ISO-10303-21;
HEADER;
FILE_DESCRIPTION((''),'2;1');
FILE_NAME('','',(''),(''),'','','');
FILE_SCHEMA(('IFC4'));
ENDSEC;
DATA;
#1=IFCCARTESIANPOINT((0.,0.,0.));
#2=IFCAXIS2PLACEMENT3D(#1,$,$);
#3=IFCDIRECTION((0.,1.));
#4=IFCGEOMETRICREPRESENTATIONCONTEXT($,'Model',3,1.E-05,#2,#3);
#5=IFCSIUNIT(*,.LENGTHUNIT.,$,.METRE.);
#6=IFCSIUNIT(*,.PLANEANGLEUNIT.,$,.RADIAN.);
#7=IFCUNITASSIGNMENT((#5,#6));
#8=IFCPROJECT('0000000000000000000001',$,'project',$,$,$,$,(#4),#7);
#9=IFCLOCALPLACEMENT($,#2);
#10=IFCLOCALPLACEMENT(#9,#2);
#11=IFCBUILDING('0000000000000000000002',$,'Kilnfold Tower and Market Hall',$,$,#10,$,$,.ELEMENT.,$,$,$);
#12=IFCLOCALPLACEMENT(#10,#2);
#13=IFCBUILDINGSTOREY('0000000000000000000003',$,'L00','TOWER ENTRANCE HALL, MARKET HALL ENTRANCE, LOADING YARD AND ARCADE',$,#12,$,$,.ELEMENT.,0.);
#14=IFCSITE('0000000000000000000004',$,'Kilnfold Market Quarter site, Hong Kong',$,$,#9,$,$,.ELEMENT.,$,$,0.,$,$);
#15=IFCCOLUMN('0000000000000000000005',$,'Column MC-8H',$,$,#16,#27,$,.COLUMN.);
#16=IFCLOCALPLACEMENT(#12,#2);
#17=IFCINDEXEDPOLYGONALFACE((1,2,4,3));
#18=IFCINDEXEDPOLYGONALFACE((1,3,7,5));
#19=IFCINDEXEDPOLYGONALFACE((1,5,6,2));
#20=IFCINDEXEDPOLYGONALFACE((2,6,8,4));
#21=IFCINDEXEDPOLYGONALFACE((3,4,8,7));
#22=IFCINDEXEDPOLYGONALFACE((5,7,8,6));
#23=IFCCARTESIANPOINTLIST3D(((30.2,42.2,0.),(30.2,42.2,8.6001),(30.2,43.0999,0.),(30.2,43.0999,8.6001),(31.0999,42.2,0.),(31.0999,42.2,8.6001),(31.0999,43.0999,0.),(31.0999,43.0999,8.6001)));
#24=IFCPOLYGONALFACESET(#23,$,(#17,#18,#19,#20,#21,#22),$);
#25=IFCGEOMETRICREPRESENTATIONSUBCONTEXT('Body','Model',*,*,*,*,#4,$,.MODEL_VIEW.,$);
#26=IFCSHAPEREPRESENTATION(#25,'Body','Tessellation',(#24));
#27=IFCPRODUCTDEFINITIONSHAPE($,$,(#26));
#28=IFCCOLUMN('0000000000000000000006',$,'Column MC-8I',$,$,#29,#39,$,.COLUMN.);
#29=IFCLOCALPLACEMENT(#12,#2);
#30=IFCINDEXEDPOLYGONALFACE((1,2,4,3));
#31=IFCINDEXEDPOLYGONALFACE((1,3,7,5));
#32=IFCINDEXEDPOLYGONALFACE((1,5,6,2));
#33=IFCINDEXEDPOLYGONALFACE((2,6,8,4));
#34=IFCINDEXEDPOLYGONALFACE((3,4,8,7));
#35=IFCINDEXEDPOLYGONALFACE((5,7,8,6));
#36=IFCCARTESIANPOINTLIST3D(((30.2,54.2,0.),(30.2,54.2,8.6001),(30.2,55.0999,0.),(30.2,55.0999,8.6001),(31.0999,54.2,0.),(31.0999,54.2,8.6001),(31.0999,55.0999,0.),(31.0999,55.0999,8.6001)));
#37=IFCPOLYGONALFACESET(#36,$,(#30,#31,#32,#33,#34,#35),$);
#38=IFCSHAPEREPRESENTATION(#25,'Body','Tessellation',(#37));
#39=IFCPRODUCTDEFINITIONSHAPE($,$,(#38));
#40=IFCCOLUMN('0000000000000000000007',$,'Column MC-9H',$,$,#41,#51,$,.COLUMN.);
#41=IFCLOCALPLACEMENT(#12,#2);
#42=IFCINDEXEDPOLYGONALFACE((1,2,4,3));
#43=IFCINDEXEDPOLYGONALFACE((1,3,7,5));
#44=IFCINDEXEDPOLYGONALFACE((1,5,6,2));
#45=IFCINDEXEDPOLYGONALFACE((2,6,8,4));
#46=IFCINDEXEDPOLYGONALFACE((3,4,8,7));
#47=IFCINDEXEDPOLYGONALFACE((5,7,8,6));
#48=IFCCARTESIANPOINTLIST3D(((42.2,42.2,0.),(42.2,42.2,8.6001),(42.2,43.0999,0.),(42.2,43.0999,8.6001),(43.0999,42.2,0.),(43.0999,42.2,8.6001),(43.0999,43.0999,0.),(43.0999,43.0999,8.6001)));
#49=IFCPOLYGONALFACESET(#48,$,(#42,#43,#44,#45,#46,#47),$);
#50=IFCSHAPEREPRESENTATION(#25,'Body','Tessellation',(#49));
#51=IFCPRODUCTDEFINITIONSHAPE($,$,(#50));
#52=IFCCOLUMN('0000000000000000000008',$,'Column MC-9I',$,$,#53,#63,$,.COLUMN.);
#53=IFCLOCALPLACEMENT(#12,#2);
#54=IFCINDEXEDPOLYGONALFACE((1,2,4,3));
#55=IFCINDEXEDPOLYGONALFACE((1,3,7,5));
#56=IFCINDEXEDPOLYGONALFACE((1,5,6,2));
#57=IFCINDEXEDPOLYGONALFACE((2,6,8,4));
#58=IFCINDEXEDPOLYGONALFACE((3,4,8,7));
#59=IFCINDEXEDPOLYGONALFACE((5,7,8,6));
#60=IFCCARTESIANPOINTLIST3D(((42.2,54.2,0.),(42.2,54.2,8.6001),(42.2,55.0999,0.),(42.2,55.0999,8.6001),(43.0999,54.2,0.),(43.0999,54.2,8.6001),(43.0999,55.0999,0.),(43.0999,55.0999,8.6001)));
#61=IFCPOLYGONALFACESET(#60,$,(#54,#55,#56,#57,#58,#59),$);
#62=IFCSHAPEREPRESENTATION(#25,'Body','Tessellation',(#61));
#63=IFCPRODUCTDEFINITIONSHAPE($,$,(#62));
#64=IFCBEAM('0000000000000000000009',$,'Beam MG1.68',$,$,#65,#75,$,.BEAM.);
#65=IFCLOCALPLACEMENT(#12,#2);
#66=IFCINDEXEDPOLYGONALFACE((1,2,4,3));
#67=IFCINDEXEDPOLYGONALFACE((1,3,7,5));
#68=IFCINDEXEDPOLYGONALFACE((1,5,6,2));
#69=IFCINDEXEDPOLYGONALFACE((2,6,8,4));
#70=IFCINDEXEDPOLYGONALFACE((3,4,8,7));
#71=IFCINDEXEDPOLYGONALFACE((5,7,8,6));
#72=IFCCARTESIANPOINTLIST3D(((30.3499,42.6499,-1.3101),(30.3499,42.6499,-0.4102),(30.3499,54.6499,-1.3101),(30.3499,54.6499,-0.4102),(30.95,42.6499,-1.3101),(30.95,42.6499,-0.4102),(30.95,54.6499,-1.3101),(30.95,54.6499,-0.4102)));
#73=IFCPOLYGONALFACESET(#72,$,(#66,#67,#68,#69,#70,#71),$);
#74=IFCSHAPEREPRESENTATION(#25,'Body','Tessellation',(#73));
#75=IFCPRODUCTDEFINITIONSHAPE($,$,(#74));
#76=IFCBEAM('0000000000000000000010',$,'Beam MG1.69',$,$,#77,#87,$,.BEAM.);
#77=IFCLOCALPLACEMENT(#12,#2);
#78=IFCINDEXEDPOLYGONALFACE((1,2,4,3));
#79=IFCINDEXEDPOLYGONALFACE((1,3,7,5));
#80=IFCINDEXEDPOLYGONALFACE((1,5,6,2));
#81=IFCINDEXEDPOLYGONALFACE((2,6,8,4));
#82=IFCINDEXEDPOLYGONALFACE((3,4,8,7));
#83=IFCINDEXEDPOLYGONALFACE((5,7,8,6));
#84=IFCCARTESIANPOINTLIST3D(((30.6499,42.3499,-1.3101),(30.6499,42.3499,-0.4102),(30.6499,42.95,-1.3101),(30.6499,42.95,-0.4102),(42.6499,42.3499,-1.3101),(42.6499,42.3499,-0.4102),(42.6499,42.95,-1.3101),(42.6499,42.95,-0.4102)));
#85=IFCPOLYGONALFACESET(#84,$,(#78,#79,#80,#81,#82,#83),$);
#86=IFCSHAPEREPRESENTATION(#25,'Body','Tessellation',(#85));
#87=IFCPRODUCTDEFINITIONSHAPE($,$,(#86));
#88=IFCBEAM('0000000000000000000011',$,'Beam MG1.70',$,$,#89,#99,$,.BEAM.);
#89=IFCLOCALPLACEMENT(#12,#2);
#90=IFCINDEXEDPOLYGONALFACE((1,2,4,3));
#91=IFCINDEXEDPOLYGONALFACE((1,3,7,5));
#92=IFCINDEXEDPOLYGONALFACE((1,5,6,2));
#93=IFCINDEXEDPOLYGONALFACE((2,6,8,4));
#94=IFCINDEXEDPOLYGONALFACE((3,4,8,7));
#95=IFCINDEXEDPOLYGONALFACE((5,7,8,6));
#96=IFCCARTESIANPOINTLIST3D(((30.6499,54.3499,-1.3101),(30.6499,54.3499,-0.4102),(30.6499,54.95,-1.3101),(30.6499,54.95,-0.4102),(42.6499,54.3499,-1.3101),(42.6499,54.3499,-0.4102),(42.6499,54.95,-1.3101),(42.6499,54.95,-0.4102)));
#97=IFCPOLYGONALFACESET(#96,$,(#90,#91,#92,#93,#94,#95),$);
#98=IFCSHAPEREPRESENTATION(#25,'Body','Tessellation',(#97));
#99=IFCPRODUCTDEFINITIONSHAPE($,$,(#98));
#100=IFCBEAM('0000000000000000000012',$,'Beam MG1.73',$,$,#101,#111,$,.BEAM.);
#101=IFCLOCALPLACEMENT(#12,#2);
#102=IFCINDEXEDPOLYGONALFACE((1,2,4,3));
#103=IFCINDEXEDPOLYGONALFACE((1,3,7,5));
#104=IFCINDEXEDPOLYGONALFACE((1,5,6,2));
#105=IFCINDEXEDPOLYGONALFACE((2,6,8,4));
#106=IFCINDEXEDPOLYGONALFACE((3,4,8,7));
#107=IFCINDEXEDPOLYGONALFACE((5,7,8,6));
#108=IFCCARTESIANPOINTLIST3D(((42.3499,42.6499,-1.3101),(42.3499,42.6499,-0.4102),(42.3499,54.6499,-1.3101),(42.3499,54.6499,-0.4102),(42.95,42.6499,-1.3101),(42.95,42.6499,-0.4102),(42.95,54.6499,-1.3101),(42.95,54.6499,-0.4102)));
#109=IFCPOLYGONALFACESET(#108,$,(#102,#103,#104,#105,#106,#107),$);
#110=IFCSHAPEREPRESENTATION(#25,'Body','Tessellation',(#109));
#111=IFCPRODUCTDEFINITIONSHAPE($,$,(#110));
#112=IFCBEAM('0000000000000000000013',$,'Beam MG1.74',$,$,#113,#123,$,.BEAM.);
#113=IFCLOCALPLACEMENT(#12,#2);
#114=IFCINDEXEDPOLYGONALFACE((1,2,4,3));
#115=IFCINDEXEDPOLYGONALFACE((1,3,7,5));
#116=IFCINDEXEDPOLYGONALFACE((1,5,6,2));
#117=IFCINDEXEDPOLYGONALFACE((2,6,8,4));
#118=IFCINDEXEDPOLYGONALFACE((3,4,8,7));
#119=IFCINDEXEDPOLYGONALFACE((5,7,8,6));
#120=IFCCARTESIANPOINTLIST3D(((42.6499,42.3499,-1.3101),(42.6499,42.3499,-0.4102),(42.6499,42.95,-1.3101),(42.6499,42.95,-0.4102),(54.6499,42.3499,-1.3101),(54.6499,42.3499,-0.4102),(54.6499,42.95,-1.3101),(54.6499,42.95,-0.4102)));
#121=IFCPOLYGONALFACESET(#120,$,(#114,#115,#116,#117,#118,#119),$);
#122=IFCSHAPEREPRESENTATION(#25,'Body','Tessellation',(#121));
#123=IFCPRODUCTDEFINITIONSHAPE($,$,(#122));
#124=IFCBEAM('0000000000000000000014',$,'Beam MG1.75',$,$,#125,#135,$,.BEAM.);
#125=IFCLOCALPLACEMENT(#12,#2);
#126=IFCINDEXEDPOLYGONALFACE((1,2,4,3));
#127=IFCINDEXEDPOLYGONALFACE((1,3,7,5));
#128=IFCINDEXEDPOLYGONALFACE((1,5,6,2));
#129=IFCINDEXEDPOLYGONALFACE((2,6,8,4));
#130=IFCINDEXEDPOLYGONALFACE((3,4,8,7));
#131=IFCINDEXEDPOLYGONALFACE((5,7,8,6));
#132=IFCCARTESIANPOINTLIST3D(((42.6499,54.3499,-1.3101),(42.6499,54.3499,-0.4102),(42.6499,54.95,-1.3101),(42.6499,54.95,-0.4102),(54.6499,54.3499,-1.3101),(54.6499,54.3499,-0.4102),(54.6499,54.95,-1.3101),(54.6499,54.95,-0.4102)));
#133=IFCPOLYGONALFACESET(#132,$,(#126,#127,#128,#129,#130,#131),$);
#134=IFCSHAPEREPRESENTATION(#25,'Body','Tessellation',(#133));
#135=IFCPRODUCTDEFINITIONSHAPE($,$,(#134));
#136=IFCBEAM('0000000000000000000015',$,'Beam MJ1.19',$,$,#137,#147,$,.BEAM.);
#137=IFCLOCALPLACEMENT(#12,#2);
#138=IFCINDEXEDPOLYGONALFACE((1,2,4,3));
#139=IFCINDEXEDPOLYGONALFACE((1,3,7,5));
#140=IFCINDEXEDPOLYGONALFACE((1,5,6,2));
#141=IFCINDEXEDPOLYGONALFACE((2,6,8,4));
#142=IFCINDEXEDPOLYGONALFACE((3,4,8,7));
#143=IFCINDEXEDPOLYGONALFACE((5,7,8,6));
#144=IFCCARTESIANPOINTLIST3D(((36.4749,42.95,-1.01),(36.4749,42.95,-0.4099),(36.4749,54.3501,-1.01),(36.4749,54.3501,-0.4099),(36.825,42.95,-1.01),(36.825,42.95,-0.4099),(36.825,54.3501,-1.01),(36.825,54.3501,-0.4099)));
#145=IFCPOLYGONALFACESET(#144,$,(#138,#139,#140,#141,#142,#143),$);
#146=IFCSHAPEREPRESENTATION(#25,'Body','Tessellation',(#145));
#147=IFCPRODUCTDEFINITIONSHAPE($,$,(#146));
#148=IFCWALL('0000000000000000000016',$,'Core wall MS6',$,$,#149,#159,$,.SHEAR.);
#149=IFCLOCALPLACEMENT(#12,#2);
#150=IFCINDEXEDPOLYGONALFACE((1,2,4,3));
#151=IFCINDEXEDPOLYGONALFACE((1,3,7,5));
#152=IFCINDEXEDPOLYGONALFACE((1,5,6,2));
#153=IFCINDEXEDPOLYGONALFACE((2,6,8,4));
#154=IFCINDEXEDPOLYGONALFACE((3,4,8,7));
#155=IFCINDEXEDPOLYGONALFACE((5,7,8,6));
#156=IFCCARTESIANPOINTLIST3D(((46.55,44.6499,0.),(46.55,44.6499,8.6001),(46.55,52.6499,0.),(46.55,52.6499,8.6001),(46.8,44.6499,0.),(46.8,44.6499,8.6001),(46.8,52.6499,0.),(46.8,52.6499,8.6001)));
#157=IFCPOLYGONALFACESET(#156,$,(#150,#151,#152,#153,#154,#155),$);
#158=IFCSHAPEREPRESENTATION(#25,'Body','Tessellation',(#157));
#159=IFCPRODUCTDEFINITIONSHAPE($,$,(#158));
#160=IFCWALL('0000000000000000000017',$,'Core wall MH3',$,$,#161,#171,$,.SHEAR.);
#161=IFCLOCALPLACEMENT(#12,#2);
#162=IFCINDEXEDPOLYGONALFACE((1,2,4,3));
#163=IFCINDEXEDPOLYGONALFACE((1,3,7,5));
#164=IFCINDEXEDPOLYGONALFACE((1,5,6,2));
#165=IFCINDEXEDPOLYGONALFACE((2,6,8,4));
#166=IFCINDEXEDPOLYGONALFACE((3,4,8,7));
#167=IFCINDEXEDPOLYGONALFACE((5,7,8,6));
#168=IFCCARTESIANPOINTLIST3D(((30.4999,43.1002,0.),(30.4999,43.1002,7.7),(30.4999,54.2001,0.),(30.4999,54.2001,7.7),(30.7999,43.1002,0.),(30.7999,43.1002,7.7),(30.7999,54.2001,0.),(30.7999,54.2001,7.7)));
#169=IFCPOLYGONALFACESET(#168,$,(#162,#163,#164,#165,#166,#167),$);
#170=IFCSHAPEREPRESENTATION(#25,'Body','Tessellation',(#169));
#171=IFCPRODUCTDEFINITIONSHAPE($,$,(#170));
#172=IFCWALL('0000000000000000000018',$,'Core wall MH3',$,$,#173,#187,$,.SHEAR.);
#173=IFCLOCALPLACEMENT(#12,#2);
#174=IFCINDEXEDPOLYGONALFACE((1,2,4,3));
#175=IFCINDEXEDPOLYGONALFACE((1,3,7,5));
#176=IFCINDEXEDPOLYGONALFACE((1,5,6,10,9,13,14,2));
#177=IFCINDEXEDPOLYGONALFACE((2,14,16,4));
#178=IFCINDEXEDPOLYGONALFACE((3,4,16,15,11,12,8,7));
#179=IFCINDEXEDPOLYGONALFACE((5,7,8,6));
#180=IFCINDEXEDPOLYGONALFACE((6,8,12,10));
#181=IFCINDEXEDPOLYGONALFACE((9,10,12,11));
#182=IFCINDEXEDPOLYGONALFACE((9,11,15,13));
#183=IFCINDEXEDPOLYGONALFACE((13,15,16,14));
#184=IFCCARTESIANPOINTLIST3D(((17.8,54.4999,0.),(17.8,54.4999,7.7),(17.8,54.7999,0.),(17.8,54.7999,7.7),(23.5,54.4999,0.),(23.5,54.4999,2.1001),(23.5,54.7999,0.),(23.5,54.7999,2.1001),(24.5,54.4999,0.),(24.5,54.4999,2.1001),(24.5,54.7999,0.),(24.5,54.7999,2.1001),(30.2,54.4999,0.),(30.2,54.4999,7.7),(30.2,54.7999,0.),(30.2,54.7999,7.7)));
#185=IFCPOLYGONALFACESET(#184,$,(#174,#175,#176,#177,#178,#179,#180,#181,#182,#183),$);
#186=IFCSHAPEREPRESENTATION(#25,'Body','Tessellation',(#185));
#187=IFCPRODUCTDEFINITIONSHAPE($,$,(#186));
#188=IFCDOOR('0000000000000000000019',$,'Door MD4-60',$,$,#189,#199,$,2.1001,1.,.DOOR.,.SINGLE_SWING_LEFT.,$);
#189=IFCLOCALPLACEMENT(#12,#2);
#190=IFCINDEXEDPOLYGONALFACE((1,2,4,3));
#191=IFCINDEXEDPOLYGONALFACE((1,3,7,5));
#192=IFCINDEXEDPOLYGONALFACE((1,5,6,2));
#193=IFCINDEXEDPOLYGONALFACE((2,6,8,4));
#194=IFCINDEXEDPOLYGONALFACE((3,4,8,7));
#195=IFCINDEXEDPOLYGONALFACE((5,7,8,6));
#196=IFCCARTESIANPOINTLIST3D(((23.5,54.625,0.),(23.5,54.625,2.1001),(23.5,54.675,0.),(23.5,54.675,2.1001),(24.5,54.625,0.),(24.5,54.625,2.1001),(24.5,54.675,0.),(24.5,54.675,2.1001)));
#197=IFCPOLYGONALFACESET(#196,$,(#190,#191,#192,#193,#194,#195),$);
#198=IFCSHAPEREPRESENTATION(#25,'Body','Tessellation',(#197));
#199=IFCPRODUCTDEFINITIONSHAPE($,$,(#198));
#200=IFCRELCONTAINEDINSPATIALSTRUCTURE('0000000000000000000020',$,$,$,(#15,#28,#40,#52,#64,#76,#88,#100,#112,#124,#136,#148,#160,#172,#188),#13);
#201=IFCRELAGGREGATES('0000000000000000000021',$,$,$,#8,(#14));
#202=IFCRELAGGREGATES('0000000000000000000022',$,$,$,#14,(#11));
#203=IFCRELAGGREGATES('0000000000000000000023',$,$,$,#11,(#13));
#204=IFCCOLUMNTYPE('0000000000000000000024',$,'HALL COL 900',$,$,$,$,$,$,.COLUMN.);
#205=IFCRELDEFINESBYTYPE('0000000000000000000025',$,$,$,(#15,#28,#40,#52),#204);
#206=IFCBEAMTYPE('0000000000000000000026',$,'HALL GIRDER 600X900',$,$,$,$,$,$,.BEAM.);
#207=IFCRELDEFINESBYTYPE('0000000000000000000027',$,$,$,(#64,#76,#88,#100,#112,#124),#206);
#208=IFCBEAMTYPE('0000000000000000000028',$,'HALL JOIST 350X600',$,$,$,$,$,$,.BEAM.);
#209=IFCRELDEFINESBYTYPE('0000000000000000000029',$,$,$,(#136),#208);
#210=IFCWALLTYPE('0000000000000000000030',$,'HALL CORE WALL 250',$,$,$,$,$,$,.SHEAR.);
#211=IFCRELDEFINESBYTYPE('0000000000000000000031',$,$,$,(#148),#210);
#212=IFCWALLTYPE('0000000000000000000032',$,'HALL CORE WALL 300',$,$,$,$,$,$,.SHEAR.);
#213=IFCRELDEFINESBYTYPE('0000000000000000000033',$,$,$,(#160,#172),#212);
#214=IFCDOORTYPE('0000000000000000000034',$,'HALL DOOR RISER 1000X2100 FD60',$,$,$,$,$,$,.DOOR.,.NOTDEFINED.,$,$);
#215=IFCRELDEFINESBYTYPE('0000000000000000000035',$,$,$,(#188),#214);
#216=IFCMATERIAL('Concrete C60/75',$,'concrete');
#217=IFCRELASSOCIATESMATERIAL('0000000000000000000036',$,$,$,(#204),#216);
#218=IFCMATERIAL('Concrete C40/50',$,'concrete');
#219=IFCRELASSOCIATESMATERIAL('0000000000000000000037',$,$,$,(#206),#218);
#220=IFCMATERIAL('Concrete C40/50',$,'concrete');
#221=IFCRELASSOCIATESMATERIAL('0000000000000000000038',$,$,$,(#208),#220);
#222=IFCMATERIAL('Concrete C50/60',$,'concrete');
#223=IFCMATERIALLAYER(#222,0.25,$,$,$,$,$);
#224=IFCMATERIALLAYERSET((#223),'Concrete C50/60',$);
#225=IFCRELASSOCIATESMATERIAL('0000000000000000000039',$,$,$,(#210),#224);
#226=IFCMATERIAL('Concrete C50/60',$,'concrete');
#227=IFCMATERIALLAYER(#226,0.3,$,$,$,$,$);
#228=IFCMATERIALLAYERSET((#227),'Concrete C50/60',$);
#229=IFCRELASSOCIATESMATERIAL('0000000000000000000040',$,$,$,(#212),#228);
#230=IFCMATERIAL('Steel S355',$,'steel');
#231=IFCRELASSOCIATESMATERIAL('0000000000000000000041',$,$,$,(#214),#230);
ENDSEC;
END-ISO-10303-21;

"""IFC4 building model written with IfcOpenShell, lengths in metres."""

from ifc_helpers import new_model, si_unit, direction, frame, frame_2d, origin, origin_2d, place, context, subcontext, project, spatial, rectangle, extrude, source, transform, mapped, material, layer, layer_set, material_profile, profile_set, type_object, element, fill, save


model = new_model("IFC4")

# Units and contexts
model_context = context("Model", 3, precision=1e-05, world=origin(), true_north=direction((0.0, 1.0)))
body_context = subcontext(model_context, "Body", "Model", "MODEL_VIEW")
ifc_project = project(units=[si_unit("LENGTHUNIT", "METRE"), si_unit("PLANEANGLEUNIT", "RADIAN")], contexts=[model_context])

# Site, building, storey
site_placement = place(None, origin())
site = spatial("IfcSite", under=ifc_project, at=site_placement, Name="Kilnfold Market Quarter site, Hong Kong", CompositionType="ELEMENT", RefElevation=0.0)
building_placement = place(site_placement, origin())
building = spatial("IfcBuilding", under=site, at=building_placement, Name="Kilnfold Tower and Market Hall", CompositionType="ELEMENT")
storey_placement = place(building_placement, origin())
storey = spatial("IfcBuildingStorey", under=building, at=storey_placement, Name="L00", Description="TOWER ENTRANCE HALL, MARKET HALL ENTRANCE, LOADING YARD AND ARCADE", CompositionType="ELEMENT", Elevation=0.0)

# Columns
ifc_material_1 = material(Name="Concrete C60/75", Category="concrete")
ifc_material_profile_1 = material_profile(ifc_material_1, rectangle(XDim=0.8999, YDim=0.8999, at=origin_2d()), Name="RC 900x900")
ifc_profile_set_1 = profile_set([ifc_material_profile_1], Name="Concrete C60/75")
column_type = type_object("IfcColumnType", Name="HALL COL 900", PredefinedType="COLUMN", material=ifc_profile_set_1)
shared_shape_1 = source(origin(), body_context, "Body", "SweptSolid", [
    extrude(rectangle(XDim=0.8999, YDim=0.8999, at=origin_2d()), origin(), (0.0, 0.0, 1.0), 8.6001),
])
for number, where, z_axis, x_axis, name in (
    (1, (30.6499, 42.6499, 0.0), (0.0, 0.0, 1.0), (1.0, 0.0, 0.0), "Column MC-8H"),
    (2, (30.6499, 54.6499, 0.0), (0.0, 0.0, 1.0), (1.0, 0.0, 0.0), "Column MC-8I"),
    (3, (42.6499, 42.6499, 0.0), (0.0, 0.0, 1.0), (1.0, 0.0, 0.0), "Column MC-9H"),
    (4, (42.6499, 54.6499, 0.0), (0.0, 0.0, 1.0), (1.0, 0.0, 0.0), "Column MC-9I"),
):
    element("IfcColumn", number, at=place(storey_placement, frame(where, z_axis=z_axis, x_axis=x_axis)), inside=storey, type_object=column_type, Name=name, PredefinedType="COLUMN", context=body_context, shape_type="MappedRepresentation", body=[
        mapped(shared_shape_1, transform((0.0, 0.0, 0.0))),
    ])

# Beams
ifc_material_2 = material(Name="Concrete C40/50", Category="concrete")
ifc_material_profile_2 = material_profile(ifc_material_2, rectangle(XDim=0.6001, YDim=0.8999, at=origin_2d()), Name="RC 600x900")
ifc_profile_set_2 = profile_set([ifc_material_profile_2], Name="Concrete C40/50")
beam_type_1 = type_object("IfcBeamType", Name="HALL GIRDER 600X900", PredefinedType="BEAM", material=ifc_profile_set_2)
for number, where, z_axis, x_axis, name in (
    (5, (30.6499, 42.6499, -0.8601), (0.0, 1.0, 0.0), (-1.0, 0.0, 0.0), "Beam MG1.68"),
    (6, (30.6499, 42.6499, -0.8601), (1.0, 0.0, 0.0), (0.0, 1.0, 0.0), "Beam MG1.69"),
    (7, (30.6499, 54.6499, -0.8601), (1.0, 0.0, 0.0), (0.0, 1.0, 0.0), "Beam MG1.70"),
    (8, (42.6499, 42.6499, -0.8601), (0.0, 1.0, 0.0), (-1.0, 0.0, 0.0), "Beam MG1.73"),
    (9, (42.6499, 42.6499, -0.8601), (1.0, 0.0, 0.0), (0.0, 1.0, 0.0), "Beam MG1.74"),
    (10, (42.6499, 54.6499, -0.8601), (1.0, 0.0, 0.0), (0.0, 1.0, 0.0), "Beam MG1.75"),
):
    element("IfcBeam", number, at=place(storey_placement, frame(where, z_axis=z_axis, x_axis=x_axis)), inside=storey, type_object=beam_type_1, Name=name, PredefinedType="BEAM", context=body_context, shape_type="SweptSolid", body=[
        extrude(rectangle(XDim=0.6001, YDim=0.8999, at=origin_2d()), origin(), (0.0, 0.0, 1.0), 12.0),
    ])
ifc_material_3 = material(Name="Concrete C40/50", Category="concrete")
ifc_material_profile_3 = material_profile(ifc_material_3, rectangle(XDim=0.3501, YDim=0.6001, at=origin_2d()), Name="RC 350x600")
ifc_profile_set_3 = profile_set([ifc_material_profile_3], Name="Concrete C40/50")
beam_type_2 = type_object("IfcBeamType", Name="HALL JOIST 350X600", PredefinedType="BEAM", material=ifc_profile_set_3)
beam_placement = place(storey_placement, frame((36.6499, 42.95, -0.71), z_axis=(0.0, 1.0, 0.0), x_axis=(-1.0, 0.0, 0.0)))
element("IfcBeam", 11, at=beam_placement, inside=storey, type_object=beam_type_2, Name="Beam MJ1.19", PredefinedType="BEAM", context=body_context, shape_type="SweptSolid", body=[
    extrude(rectangle(XDim=0.3501, YDim=0.6001, at=origin_2d()), origin(), (0.0, 0.0, 1.0), 11.4001),
])

# Walls
ifc_material_4 = material(Name="Concrete C50/60", Category="concrete")
ifc_layer_1 = layer(ifc_material_4, 0.25)
ifc_layer_set_1 = layer_set([ifc_layer_1], Name="Concrete C50/60")
wall_type_1 = type_object("IfcWallType", Name="HALL CORE WALL 250", PredefinedType="SHEAR", material=ifc_layer_set_1)
shared_shape_2 = source(origin(), body_context, "Body", "SweptSolid", [
    extrude(rectangle(XDim=8.0, YDim=0.25, at=frame_2d((4.0, 0.0))), origin(), (0.0, 0.0, 1.0), 8.6001),
])
wall_1_placement = place(storey_placement, frame((46.675, 44.6499, 0.0), z_axis=(0.0, 0.0, 1.0), x_axis=(0.0, 1.0, 0.0)))
element("IfcWall", 12, at=wall_1_placement, inside=storey, type_object=wall_type_1, Name="Core wall MS6", PredefinedType="SHEAR", context=body_context, shape_type="MappedRepresentation", body=[
    mapped(shared_shape_2, transform((0.0, 0.0, 0.0))),
])
ifc_material_5 = material(Name="Concrete C50/60", Category="concrete")
ifc_layer_2 = layer(ifc_material_5, 0.3)
ifc_layer_set_2 = layer_set([ifc_layer_2], Name="Concrete C50/60")
wall_type_2 = type_object("IfcWallType", Name="HALL CORE WALL 300", PredefinedType="SHEAR", material=ifc_layer_set_2)
shared_shape_3 = source(origin(), body_context, "Body", "SweptSolid", [
    extrude(rectangle(XDim=11.0999, YDim=0.3, at=frame_2d((5.5498, 0.0))), origin(), (0.0, 0.0, 1.0), 7.7),
])
wall_2_placement = place(storey_placement, frame((30.6499, 54.2, 0.0), z_axis=(0.0, 0.0, 1.0), x_axis=(0.0, -1.0, 0.0)))
element("IfcWall", 13, at=wall_2_placement, inside=storey, type_object=wall_type_2, Name="Core wall MH3", PredefinedType="SHEAR", context=body_context, shape_type="MappedRepresentation", body=[
    mapped(shared_shape_3, transform((0.0, 0.0, 0.0))),
])

# Wall, opening, door
shared_shape_4 = source(origin(), body_context, "Body", "SweptSolid", [
    extrude(rectangle(XDim=12.3999, YDim=0.3, at=frame_2d((6.2, 0.0))), origin(), (0.0, 0.0, 1.0), 7.7),
])
wall_3_placement = place(storey_placement, frame((30.2, 54.6499, 0.0), z_axis=(0.0, 0.0, 1.0), x_axis=(-1.0, 0.0, 0.0)))
wall_3 = element("IfcWall", 14, at=wall_3_placement, inside=storey, type_object=wall_type_2, Name="Core wall MH3", PredefinedType="SHEAR", context=body_context, shape_type="MappedRepresentation", body=[
    mapped(shared_shape_4, transform((0.0, 0.0, 0.0))),
])
opening_1_placement = place(wall_3_placement, frame((5.7, 0.0, 0.0)))
opening_1 = element("IfcOpeningElement", 15, at=opening_1_placement, cuts=wall_3, PredefinedType="OPENING", context=body_context, shape_type="SweptSolid", body=[
    extrude(rectangle(XDim=1.0, YDim=2.1001, at=frame_2d((0.5, 1.05))), frame((0.0, 0.1602, 0.0), z_axis=(0.0, -1.0, 0.0), x_axis=(1.0, 0.0, 0.0)), (0.0, 0.0, 1.0), 0.3201),
])
ifc_material_6 = material(Name="Steel S355", Category="steel")
door_type_1 = type_object("IfcDoorType", Name="HALL DOOR RISER 1000X2100 FD60", OperationType="NOTDEFINED", PredefinedType="DOOR", material=ifc_material_6)
door_1_placement = place(opening_1_placement, origin())
door_1 = element("IfcDoor", 16, at=door_1_placement, inside=storey, type_object=door_type_1, Name="Door MD4-60", OperationType="SINGLE_SWING_LEFT", OverallHeight=2.1001, OverallWidth=1.0, PredefinedType="DOOR", context=body_context, shape_type="SweptSolid", body=[
    extrude(rectangle(XDim=1.0, YDim=2.1001, at=frame_2d((0.5, 1.05))), frame((0.0, 0.0249, 0.0), z_axis=(0.0, -1.0, 0.0), x_axis=(1.0, 0.0, 0.0)), (0.0, 0.0, 1.0), 0.05),
])
fill(opening_1, door_1)

save(model, "model.ifc")
